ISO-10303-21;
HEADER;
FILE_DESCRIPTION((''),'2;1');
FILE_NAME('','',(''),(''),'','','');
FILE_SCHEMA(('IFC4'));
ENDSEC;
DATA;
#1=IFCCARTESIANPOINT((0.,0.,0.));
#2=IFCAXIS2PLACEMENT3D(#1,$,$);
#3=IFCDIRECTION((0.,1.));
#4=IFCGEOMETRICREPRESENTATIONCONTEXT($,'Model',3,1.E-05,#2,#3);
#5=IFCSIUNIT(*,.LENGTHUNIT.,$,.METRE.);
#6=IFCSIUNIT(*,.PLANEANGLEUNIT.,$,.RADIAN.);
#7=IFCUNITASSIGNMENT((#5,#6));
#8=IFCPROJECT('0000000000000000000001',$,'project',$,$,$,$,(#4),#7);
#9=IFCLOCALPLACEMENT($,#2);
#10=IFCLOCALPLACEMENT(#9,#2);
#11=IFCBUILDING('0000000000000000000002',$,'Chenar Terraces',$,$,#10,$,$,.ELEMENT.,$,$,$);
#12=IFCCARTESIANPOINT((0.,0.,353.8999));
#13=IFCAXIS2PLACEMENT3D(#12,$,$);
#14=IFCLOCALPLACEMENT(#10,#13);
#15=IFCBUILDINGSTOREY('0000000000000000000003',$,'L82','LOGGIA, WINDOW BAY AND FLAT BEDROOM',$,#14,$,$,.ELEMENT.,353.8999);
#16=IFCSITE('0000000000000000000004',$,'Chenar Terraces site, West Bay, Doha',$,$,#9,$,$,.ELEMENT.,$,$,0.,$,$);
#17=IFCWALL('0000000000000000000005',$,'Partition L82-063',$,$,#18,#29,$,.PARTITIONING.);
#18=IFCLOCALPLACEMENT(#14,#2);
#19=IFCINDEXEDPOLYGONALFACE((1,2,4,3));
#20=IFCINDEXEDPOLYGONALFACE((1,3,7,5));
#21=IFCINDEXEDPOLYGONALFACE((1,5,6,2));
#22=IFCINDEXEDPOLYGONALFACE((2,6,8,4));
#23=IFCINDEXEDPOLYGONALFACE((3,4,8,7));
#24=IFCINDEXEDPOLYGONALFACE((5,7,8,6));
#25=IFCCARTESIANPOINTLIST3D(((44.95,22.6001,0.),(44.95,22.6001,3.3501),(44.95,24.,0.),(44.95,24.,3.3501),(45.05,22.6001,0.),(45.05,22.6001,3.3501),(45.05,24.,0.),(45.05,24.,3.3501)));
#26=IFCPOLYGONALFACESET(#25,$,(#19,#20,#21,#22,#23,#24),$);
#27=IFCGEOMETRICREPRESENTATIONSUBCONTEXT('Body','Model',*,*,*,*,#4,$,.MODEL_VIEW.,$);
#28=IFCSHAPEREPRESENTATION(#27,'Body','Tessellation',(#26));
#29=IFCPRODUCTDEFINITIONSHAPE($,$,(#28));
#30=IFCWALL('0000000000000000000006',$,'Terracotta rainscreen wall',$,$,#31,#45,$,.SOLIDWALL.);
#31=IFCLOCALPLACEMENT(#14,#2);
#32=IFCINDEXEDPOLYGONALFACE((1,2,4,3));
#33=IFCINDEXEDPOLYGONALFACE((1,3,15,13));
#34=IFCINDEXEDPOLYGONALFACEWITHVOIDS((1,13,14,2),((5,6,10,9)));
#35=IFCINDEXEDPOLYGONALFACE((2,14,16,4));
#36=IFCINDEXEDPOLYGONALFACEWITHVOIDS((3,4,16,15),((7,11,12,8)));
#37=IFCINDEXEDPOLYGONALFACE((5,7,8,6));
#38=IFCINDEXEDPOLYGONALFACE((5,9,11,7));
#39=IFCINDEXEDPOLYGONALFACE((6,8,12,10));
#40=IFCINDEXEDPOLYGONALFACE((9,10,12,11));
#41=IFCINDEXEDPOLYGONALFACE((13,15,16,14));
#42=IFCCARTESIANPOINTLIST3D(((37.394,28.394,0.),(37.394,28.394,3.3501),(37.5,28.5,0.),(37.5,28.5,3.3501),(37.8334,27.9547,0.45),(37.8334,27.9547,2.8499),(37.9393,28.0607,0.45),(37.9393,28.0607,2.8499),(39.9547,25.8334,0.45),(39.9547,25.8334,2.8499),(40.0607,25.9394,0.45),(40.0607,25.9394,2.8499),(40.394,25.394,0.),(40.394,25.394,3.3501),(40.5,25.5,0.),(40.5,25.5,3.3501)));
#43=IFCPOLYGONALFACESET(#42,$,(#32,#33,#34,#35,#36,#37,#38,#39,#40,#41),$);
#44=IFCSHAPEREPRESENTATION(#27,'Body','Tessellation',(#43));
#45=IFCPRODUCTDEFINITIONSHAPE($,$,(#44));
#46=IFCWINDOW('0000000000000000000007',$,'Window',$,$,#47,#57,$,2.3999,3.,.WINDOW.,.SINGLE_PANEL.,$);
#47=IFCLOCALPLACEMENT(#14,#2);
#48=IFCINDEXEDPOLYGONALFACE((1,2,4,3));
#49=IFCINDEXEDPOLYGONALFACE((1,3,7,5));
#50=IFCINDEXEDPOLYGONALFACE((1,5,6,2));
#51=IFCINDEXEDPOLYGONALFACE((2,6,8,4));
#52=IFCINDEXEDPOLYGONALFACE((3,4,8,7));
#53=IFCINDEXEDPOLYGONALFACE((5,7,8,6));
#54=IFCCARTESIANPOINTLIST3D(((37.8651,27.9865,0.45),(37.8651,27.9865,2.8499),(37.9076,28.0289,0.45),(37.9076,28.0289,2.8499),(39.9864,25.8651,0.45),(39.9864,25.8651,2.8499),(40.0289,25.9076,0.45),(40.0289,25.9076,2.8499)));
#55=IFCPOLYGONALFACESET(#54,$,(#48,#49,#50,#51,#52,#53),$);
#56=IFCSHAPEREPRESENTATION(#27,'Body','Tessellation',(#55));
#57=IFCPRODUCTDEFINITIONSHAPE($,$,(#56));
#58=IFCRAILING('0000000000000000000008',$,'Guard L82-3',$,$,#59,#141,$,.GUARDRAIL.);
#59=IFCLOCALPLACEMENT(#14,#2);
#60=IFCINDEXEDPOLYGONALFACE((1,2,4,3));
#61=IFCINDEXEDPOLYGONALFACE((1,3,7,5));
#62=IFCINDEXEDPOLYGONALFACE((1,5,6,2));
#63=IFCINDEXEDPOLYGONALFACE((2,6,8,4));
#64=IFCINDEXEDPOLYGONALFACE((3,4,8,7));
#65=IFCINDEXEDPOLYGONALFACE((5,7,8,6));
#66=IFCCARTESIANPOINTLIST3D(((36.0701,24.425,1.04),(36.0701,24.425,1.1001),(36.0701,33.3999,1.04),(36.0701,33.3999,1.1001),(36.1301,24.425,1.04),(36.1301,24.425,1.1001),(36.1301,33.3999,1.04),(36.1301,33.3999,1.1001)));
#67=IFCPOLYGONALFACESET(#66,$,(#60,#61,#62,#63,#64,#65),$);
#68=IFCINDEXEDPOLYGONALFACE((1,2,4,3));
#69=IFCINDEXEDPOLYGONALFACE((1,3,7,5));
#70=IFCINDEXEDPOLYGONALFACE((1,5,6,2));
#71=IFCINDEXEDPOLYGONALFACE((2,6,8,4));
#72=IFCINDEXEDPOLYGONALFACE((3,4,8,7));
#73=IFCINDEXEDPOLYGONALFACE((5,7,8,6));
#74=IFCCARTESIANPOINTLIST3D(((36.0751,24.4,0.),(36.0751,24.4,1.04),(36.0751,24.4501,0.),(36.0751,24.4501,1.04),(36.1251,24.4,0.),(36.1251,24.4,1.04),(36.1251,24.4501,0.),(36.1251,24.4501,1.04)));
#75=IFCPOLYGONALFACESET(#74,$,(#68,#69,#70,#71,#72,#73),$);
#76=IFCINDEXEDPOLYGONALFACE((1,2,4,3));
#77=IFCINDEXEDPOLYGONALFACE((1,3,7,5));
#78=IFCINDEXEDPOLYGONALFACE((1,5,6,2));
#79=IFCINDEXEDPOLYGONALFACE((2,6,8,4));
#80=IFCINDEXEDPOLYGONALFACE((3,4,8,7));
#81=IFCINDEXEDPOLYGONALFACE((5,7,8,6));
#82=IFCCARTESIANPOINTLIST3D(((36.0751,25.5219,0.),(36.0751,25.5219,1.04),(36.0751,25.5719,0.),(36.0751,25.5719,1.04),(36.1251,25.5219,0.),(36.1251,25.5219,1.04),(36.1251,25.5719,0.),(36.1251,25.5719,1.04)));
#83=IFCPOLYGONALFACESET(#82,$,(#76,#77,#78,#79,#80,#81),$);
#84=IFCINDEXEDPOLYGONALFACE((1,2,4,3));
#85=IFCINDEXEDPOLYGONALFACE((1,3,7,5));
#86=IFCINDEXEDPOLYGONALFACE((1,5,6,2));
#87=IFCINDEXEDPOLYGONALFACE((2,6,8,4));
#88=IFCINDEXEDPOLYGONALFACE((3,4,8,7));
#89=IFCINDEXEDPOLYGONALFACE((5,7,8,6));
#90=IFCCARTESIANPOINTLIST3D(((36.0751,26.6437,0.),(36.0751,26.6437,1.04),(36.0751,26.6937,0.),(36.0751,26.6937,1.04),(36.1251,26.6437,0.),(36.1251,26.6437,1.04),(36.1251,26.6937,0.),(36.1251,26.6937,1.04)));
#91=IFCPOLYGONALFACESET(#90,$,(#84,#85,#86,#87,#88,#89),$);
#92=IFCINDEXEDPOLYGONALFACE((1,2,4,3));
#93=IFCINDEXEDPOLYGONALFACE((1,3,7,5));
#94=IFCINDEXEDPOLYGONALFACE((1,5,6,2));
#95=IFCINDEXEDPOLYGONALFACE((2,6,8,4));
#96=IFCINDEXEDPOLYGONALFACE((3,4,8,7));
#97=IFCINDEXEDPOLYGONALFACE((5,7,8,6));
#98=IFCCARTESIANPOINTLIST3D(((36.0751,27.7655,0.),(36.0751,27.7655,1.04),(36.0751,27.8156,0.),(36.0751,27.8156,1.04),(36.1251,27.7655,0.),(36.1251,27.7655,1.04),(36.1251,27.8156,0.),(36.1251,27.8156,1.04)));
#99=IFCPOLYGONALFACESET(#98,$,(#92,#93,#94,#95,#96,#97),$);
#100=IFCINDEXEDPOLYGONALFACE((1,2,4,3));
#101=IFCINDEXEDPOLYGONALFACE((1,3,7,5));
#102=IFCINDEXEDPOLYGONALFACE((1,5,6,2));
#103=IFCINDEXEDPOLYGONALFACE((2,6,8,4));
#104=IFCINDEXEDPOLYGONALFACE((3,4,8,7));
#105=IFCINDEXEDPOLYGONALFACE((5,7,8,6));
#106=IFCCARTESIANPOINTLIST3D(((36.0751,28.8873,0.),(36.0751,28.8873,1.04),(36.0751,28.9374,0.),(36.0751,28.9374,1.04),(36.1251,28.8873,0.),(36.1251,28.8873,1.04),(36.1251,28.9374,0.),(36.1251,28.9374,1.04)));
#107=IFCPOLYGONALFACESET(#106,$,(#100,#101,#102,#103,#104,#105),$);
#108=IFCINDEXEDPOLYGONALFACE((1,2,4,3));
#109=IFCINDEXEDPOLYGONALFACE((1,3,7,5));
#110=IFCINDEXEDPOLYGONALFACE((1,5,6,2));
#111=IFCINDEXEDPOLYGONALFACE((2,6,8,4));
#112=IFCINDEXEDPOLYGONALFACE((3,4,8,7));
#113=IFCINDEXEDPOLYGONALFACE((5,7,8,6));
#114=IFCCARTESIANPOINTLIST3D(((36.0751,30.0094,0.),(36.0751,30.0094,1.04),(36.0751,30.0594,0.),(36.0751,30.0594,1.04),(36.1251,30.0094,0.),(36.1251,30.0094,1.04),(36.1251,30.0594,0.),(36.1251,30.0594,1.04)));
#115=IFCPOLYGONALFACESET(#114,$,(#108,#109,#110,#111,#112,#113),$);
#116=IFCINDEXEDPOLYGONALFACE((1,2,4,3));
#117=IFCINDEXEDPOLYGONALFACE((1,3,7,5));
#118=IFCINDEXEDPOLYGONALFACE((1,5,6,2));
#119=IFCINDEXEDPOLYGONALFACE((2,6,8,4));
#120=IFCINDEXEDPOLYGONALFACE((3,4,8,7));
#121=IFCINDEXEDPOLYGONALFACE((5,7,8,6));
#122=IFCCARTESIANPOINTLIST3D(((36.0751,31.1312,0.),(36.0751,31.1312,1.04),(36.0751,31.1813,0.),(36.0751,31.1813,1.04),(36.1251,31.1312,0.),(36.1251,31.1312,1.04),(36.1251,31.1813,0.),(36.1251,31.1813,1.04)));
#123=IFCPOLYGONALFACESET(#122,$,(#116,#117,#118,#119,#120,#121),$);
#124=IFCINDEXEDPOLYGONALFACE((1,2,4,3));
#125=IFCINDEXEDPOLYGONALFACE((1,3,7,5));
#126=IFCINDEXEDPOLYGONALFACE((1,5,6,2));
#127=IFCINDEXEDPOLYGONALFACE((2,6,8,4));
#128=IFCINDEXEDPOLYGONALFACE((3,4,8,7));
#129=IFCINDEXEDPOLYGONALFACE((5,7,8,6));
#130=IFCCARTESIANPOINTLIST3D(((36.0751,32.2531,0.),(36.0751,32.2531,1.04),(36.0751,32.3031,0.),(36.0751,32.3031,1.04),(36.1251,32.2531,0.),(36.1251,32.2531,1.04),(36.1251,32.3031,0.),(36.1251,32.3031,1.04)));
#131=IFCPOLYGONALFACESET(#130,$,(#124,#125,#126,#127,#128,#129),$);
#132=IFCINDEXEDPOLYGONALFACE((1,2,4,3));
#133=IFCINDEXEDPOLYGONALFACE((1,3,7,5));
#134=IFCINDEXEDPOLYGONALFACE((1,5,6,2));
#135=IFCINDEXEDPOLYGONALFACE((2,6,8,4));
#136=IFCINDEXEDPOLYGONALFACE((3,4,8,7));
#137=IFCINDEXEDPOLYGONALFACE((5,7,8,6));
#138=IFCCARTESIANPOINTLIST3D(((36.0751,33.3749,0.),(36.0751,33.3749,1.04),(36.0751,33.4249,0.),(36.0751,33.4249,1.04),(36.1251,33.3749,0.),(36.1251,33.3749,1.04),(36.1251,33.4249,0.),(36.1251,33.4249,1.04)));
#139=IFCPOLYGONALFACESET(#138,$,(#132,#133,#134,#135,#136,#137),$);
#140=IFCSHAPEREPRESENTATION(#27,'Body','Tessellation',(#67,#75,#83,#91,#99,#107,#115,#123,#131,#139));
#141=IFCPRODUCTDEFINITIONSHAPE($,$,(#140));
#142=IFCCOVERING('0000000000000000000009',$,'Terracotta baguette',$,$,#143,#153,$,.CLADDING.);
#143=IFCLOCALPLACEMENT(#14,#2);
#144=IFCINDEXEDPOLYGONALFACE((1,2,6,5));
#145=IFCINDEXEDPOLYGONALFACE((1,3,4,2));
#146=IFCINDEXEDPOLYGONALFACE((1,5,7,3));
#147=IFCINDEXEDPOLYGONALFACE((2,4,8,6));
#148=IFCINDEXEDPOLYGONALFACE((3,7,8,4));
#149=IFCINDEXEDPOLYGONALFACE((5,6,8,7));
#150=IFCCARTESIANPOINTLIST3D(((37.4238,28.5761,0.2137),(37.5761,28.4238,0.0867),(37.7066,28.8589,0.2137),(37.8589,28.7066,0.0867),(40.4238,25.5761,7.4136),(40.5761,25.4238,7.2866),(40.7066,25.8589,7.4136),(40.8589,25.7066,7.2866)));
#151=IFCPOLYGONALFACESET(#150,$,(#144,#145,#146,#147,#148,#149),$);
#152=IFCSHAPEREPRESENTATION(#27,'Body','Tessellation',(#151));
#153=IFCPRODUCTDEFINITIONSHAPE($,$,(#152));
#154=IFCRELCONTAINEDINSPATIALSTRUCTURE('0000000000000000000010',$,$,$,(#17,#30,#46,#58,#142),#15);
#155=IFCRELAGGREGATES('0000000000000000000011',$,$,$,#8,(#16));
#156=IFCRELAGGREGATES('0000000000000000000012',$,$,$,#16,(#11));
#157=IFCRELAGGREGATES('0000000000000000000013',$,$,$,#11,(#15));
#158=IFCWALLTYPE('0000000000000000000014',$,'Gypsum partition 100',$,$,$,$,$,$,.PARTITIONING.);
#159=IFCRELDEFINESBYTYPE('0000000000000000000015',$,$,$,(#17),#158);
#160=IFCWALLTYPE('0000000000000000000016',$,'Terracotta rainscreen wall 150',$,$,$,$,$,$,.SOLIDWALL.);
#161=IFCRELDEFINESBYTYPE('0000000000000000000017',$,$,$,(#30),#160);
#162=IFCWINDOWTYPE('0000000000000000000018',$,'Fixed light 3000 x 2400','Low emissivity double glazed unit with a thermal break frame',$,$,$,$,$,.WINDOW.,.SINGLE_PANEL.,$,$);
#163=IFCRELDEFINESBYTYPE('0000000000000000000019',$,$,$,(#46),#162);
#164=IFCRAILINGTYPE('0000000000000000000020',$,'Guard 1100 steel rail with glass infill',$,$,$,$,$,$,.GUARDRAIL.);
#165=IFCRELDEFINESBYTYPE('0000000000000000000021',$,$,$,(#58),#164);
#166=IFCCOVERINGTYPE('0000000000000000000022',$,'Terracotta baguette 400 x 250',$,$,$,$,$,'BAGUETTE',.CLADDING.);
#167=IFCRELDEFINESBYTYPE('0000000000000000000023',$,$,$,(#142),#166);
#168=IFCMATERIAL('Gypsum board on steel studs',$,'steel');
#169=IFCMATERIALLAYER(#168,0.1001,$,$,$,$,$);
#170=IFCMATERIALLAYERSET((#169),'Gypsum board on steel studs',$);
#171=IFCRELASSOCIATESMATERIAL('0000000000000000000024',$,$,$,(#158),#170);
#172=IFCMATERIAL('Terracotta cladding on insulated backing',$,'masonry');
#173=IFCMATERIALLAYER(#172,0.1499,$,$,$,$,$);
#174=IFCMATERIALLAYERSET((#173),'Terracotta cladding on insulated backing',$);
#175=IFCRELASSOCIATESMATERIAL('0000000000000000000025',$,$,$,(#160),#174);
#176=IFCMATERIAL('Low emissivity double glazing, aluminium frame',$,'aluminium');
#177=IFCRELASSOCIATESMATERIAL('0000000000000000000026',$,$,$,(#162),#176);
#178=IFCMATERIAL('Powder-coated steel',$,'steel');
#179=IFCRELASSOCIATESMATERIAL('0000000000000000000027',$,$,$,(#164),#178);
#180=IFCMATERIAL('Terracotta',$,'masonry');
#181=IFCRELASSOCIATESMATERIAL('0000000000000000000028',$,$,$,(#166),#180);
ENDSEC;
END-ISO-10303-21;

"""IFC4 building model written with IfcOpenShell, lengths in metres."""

from ifc_helpers import new_model, si_unit, direction, frame, frame_2d, origin, origin_2d, place, context, subcontext, project, spatial, rectangle, extrude, material, layer, layer_set, material_profile, profile_set, type_object, element, fill, save


model = new_model("IFC4")

# Units and contexts
model_context = context("Model", 3, precision=1e-05, world=origin(), true_north=direction((0.0, 1.0)))
body_context = subcontext(model_context, "Body", "Model", "MODEL_VIEW")
ifc_project = project(units=[si_unit("LENGTHUNIT", "METRE"), si_unit("PLANEANGLEUNIT", "RADIAN")], contexts=[model_context])

# Site, building, storey
site_placement = place(None, origin())
site = spatial("IfcSite", under=ifc_project, at=site_placement, Name="Chenar Terraces site, West Bay, Doha", CompositionType="ELEMENT", RefElevation=0.0)
building_placement = place(site_placement, origin())
building = spatial("IfcBuilding", under=site, at=building_placement, Name="Chenar Terraces", CompositionType="ELEMENT")
storey_placement = place(building_placement, frame((0.0, 0.0, 353.8999)))
storey = spatial("IfcBuildingStorey", under=building, at=storey_placement, Name="L82", Description="LOGGIA, WINDOW BAY AND FLAT BEDROOM", CompositionType="ELEMENT", Elevation=353.8999)

# Wall
ifc_material_1 = material(Name="Gypsum board on steel studs", Category="steel")
ifc_layer_1 = layer(ifc_material_1, 0.1001)
ifc_layer_set_1 = layer_set([ifc_layer_1], Name="Gypsum board on steel studs")
wall_type_1 = type_object("IfcWallType", Name="Gypsum partition 100", PredefinedType="PARTITIONING", material=ifc_layer_set_1)
wall_1_placement = place(storey_placement, frame((45.0, 22.6001, 0.0), z_axis=(0.0, 0.0, 1.0), x_axis=(0.0, 1.0, 0.0)))
element("IfcWall", 1, at=wall_1_placement, inside=storey, type_object=wall_type_1, Name="Partition L82-063", PredefinedType="PARTITIONING", context=body_context, shape_type="SweptSolid", body=[
    extrude(rectangle(XDim=1.3999, YDim=0.1001, at=frame_2d((0.7, 0.0))), origin(), (0.0, 0.0, 1.0), 3.3501),
])

# Wall, opening, window
ifc_material_2 = material(Name="Terracotta cladding on insulated backing", Category="masonry")
ifc_layer_2 = layer(ifc_material_2, 0.1499)
ifc_layer_set_2 = layer_set([ifc_layer_2], Name="Terracotta cladding on insulated backing")
wall_type_2 = type_object("IfcWallType", Name="Terracotta rainscreen wall 150", PredefinedType="SOLIDWALL", material=ifc_layer_set_2)
wall_2_placement = place(storey_placement, frame((40.447, 25.447, 0.0), z_axis=(0.0, 0.0, 1.0), x_axis=(-0.707107, 0.707107, 0.0)))
wall_2 = element("IfcWall", 2, at=wall_2_placement, inside=storey, type_object=wall_type_2, Name="Terracotta rainscreen wall", PredefinedType="SOLIDWALL", context=body_context, shape_type="SweptSolid", body=[
    extrude(rectangle(XDim=4.2427, YDim=0.1499, at=frame_2d((2.1213, 0.0))), origin(), (0.0, 0.0, 1.0), 3.3501),
])
opening_1_placement = place(wall_2_placement, frame((0.6213, 0.0, 0.45)))
opening_1 = element("IfcOpeningElement", 3, at=opening_1_placement, cuts=wall_2, PredefinedType="OPENING", context=body_context, shape_type="SweptSolid", body=[
    extrude(rectangle(XDim=3.0, YDim=2.3999, at=frame_2d((1.5, 1.2))), frame((0.0, 0.085, 0.0), z_axis=(0.0, -1.0, 0.0), x_axis=(1.0, 0.0, 0.0)), (0.0, 0.0, 1.0), 0.1699),
])
ifc_material_3 = material(Name="Low emissivity double glazing, aluminium frame", Category="aluminium")
window_type = type_object("IfcWindowType", Name="Fixed light 3000 x 2400", Description="Low emissivity double glazed unit with a thermal break frame", PartitioningType="SINGLE_PANEL", PredefinedType="WINDOW", material=ifc_material_3)
window_placement = place(opening_1_placement, origin())
window = element("IfcWindow", 4, at=window_placement, inside=storey, type_object=window_type, Name="Window", OverallHeight=2.3999, OverallWidth=3.0, PartitioningType="SINGLE_PANEL", PredefinedType="WINDOW", context=body_context, shape_type="SweptSolid", body=[
    extrude(rectangle(XDim=3.0, YDim=2.3999, at=frame_2d((1.5, 1.2))), frame((0.0, 0.03, 0.0), z_axis=(0.0, -1.0, 0.0), x_axis=(1.0, 0.0, 0.0)), (0.0, 0.0, 1.0), 0.0601),
])
fill(opening_1, window)

# Railing
ifc_material_4 = material(Name="Powder-coated steel", Category="steel")
railing_type = type_object("IfcRailingType", Name="Guard 1100 steel rail with glass infill", PredefinedType="GUARDRAIL", material=ifc_material_4)
railing_placement = place(storey_placement, frame((36.1001, 24.425, 0.0)))
element("IfcRailing", 5, at=railing_placement, inside=storey, type_object=railing_type, Name="Guard L82-3", PredefinedType="GUARDRAIL", context=body_context, shape_type="SweptSolid", body=[
    extrude(rectangle(XDim=0.0601, YDim=0.0601, at=origin_2d()), frame((0.0, 0.0, 1.0701), z_axis=(0.0, 1.0, 0.0), x_axis=(-1.0, 0.0, 0.0)), (0.0, 0.0, 1.0), 8.9749),
    extrude(rectangle(XDim=0.05, YDim=0.05, at=origin_2d()), origin(), (0.0, 0.0, 1.0), 1.04),
    extrude(rectangle(XDim=0.05, YDim=0.05, at=origin_2d()), frame((0.0, 1.1218, 0.0)), (0.0, 0.0, 1.0), 1.04),
    extrude(rectangle(XDim=0.05, YDim=0.05, at=origin_2d()), frame((0.0, 2.2437, 0.0)), (0.0, 0.0, 1.0), 1.04),
    extrude(rectangle(XDim=0.05, YDim=0.05, at=origin_2d()), frame((0.0, 3.3655, 0.0)), (0.0, 0.0, 1.0), 1.04),
    extrude(rectangle(XDim=0.05, YDim=0.05, at=origin_2d()), frame((0.0, 4.4873, 0.0)), (0.0, 0.0, 1.0), 1.04),
    extrude(rectangle(XDim=0.05, YDim=0.05, at=origin_2d()), frame((0.0, 5.6094, 0.0)), (0.0, 0.0, 1.0), 1.04),
    extrude(rectangle(XDim=0.05, YDim=0.05, at=origin_2d()), frame((0.0, 6.7312, 0.0)), (0.0, 0.0, 1.0), 1.04),
    extrude(rectangle(XDim=0.05, YDim=0.05, at=origin_2d()), frame((0.0, 7.853, 0.0)), (0.0, 0.0, 1.0), 1.04),
    extrude(rectangle(XDim=0.05, YDim=0.05, at=origin_2d()), frame((0.0, 8.9749, 0.0)), (0.0, 0.0, 1.0), 1.04),
])

# Covering
ifc_material_5 = material(Name="Terracotta", Category="masonry")
ifc_material_profile_1 = material_profile(ifc_material_5, rectangle(XDim=0.3999, YDim=0.25, at=origin_2d()), Name="Terracotta baguette 400 x 250")
ifc_profile_set_1 = profile_set([ifc_material_profile_1], Name="Terracotta")
covering_type = type_object("IfcCoveringType", Name="Terracotta baguette 400 x 250", ElementType="BAGUETTE", PredefinedType="CLADDING", material=ifc_profile_set_1)
covering_placement = place(storey_placement, frame((40.6414, 25.6414, 7.3501), z_axis=(-0.358981, 0.358981, -0.861548), x_axis=(-0.707107, -0.707107, 0.0)))
element("IfcCovering", 6, at=covering_placement, inside=storey, type_object=covering_type, Name="Terracotta baguette", PredefinedType="CLADDING", context=body_context, shape_type="SweptSolid", body=[
    extrude(rectangle(XDim=0.3999, YDim=0.25, at=origin_2d()), origin(), (0.0, 0.0, 1.0), 8.3569),
])

save(model, "model.ifc")
